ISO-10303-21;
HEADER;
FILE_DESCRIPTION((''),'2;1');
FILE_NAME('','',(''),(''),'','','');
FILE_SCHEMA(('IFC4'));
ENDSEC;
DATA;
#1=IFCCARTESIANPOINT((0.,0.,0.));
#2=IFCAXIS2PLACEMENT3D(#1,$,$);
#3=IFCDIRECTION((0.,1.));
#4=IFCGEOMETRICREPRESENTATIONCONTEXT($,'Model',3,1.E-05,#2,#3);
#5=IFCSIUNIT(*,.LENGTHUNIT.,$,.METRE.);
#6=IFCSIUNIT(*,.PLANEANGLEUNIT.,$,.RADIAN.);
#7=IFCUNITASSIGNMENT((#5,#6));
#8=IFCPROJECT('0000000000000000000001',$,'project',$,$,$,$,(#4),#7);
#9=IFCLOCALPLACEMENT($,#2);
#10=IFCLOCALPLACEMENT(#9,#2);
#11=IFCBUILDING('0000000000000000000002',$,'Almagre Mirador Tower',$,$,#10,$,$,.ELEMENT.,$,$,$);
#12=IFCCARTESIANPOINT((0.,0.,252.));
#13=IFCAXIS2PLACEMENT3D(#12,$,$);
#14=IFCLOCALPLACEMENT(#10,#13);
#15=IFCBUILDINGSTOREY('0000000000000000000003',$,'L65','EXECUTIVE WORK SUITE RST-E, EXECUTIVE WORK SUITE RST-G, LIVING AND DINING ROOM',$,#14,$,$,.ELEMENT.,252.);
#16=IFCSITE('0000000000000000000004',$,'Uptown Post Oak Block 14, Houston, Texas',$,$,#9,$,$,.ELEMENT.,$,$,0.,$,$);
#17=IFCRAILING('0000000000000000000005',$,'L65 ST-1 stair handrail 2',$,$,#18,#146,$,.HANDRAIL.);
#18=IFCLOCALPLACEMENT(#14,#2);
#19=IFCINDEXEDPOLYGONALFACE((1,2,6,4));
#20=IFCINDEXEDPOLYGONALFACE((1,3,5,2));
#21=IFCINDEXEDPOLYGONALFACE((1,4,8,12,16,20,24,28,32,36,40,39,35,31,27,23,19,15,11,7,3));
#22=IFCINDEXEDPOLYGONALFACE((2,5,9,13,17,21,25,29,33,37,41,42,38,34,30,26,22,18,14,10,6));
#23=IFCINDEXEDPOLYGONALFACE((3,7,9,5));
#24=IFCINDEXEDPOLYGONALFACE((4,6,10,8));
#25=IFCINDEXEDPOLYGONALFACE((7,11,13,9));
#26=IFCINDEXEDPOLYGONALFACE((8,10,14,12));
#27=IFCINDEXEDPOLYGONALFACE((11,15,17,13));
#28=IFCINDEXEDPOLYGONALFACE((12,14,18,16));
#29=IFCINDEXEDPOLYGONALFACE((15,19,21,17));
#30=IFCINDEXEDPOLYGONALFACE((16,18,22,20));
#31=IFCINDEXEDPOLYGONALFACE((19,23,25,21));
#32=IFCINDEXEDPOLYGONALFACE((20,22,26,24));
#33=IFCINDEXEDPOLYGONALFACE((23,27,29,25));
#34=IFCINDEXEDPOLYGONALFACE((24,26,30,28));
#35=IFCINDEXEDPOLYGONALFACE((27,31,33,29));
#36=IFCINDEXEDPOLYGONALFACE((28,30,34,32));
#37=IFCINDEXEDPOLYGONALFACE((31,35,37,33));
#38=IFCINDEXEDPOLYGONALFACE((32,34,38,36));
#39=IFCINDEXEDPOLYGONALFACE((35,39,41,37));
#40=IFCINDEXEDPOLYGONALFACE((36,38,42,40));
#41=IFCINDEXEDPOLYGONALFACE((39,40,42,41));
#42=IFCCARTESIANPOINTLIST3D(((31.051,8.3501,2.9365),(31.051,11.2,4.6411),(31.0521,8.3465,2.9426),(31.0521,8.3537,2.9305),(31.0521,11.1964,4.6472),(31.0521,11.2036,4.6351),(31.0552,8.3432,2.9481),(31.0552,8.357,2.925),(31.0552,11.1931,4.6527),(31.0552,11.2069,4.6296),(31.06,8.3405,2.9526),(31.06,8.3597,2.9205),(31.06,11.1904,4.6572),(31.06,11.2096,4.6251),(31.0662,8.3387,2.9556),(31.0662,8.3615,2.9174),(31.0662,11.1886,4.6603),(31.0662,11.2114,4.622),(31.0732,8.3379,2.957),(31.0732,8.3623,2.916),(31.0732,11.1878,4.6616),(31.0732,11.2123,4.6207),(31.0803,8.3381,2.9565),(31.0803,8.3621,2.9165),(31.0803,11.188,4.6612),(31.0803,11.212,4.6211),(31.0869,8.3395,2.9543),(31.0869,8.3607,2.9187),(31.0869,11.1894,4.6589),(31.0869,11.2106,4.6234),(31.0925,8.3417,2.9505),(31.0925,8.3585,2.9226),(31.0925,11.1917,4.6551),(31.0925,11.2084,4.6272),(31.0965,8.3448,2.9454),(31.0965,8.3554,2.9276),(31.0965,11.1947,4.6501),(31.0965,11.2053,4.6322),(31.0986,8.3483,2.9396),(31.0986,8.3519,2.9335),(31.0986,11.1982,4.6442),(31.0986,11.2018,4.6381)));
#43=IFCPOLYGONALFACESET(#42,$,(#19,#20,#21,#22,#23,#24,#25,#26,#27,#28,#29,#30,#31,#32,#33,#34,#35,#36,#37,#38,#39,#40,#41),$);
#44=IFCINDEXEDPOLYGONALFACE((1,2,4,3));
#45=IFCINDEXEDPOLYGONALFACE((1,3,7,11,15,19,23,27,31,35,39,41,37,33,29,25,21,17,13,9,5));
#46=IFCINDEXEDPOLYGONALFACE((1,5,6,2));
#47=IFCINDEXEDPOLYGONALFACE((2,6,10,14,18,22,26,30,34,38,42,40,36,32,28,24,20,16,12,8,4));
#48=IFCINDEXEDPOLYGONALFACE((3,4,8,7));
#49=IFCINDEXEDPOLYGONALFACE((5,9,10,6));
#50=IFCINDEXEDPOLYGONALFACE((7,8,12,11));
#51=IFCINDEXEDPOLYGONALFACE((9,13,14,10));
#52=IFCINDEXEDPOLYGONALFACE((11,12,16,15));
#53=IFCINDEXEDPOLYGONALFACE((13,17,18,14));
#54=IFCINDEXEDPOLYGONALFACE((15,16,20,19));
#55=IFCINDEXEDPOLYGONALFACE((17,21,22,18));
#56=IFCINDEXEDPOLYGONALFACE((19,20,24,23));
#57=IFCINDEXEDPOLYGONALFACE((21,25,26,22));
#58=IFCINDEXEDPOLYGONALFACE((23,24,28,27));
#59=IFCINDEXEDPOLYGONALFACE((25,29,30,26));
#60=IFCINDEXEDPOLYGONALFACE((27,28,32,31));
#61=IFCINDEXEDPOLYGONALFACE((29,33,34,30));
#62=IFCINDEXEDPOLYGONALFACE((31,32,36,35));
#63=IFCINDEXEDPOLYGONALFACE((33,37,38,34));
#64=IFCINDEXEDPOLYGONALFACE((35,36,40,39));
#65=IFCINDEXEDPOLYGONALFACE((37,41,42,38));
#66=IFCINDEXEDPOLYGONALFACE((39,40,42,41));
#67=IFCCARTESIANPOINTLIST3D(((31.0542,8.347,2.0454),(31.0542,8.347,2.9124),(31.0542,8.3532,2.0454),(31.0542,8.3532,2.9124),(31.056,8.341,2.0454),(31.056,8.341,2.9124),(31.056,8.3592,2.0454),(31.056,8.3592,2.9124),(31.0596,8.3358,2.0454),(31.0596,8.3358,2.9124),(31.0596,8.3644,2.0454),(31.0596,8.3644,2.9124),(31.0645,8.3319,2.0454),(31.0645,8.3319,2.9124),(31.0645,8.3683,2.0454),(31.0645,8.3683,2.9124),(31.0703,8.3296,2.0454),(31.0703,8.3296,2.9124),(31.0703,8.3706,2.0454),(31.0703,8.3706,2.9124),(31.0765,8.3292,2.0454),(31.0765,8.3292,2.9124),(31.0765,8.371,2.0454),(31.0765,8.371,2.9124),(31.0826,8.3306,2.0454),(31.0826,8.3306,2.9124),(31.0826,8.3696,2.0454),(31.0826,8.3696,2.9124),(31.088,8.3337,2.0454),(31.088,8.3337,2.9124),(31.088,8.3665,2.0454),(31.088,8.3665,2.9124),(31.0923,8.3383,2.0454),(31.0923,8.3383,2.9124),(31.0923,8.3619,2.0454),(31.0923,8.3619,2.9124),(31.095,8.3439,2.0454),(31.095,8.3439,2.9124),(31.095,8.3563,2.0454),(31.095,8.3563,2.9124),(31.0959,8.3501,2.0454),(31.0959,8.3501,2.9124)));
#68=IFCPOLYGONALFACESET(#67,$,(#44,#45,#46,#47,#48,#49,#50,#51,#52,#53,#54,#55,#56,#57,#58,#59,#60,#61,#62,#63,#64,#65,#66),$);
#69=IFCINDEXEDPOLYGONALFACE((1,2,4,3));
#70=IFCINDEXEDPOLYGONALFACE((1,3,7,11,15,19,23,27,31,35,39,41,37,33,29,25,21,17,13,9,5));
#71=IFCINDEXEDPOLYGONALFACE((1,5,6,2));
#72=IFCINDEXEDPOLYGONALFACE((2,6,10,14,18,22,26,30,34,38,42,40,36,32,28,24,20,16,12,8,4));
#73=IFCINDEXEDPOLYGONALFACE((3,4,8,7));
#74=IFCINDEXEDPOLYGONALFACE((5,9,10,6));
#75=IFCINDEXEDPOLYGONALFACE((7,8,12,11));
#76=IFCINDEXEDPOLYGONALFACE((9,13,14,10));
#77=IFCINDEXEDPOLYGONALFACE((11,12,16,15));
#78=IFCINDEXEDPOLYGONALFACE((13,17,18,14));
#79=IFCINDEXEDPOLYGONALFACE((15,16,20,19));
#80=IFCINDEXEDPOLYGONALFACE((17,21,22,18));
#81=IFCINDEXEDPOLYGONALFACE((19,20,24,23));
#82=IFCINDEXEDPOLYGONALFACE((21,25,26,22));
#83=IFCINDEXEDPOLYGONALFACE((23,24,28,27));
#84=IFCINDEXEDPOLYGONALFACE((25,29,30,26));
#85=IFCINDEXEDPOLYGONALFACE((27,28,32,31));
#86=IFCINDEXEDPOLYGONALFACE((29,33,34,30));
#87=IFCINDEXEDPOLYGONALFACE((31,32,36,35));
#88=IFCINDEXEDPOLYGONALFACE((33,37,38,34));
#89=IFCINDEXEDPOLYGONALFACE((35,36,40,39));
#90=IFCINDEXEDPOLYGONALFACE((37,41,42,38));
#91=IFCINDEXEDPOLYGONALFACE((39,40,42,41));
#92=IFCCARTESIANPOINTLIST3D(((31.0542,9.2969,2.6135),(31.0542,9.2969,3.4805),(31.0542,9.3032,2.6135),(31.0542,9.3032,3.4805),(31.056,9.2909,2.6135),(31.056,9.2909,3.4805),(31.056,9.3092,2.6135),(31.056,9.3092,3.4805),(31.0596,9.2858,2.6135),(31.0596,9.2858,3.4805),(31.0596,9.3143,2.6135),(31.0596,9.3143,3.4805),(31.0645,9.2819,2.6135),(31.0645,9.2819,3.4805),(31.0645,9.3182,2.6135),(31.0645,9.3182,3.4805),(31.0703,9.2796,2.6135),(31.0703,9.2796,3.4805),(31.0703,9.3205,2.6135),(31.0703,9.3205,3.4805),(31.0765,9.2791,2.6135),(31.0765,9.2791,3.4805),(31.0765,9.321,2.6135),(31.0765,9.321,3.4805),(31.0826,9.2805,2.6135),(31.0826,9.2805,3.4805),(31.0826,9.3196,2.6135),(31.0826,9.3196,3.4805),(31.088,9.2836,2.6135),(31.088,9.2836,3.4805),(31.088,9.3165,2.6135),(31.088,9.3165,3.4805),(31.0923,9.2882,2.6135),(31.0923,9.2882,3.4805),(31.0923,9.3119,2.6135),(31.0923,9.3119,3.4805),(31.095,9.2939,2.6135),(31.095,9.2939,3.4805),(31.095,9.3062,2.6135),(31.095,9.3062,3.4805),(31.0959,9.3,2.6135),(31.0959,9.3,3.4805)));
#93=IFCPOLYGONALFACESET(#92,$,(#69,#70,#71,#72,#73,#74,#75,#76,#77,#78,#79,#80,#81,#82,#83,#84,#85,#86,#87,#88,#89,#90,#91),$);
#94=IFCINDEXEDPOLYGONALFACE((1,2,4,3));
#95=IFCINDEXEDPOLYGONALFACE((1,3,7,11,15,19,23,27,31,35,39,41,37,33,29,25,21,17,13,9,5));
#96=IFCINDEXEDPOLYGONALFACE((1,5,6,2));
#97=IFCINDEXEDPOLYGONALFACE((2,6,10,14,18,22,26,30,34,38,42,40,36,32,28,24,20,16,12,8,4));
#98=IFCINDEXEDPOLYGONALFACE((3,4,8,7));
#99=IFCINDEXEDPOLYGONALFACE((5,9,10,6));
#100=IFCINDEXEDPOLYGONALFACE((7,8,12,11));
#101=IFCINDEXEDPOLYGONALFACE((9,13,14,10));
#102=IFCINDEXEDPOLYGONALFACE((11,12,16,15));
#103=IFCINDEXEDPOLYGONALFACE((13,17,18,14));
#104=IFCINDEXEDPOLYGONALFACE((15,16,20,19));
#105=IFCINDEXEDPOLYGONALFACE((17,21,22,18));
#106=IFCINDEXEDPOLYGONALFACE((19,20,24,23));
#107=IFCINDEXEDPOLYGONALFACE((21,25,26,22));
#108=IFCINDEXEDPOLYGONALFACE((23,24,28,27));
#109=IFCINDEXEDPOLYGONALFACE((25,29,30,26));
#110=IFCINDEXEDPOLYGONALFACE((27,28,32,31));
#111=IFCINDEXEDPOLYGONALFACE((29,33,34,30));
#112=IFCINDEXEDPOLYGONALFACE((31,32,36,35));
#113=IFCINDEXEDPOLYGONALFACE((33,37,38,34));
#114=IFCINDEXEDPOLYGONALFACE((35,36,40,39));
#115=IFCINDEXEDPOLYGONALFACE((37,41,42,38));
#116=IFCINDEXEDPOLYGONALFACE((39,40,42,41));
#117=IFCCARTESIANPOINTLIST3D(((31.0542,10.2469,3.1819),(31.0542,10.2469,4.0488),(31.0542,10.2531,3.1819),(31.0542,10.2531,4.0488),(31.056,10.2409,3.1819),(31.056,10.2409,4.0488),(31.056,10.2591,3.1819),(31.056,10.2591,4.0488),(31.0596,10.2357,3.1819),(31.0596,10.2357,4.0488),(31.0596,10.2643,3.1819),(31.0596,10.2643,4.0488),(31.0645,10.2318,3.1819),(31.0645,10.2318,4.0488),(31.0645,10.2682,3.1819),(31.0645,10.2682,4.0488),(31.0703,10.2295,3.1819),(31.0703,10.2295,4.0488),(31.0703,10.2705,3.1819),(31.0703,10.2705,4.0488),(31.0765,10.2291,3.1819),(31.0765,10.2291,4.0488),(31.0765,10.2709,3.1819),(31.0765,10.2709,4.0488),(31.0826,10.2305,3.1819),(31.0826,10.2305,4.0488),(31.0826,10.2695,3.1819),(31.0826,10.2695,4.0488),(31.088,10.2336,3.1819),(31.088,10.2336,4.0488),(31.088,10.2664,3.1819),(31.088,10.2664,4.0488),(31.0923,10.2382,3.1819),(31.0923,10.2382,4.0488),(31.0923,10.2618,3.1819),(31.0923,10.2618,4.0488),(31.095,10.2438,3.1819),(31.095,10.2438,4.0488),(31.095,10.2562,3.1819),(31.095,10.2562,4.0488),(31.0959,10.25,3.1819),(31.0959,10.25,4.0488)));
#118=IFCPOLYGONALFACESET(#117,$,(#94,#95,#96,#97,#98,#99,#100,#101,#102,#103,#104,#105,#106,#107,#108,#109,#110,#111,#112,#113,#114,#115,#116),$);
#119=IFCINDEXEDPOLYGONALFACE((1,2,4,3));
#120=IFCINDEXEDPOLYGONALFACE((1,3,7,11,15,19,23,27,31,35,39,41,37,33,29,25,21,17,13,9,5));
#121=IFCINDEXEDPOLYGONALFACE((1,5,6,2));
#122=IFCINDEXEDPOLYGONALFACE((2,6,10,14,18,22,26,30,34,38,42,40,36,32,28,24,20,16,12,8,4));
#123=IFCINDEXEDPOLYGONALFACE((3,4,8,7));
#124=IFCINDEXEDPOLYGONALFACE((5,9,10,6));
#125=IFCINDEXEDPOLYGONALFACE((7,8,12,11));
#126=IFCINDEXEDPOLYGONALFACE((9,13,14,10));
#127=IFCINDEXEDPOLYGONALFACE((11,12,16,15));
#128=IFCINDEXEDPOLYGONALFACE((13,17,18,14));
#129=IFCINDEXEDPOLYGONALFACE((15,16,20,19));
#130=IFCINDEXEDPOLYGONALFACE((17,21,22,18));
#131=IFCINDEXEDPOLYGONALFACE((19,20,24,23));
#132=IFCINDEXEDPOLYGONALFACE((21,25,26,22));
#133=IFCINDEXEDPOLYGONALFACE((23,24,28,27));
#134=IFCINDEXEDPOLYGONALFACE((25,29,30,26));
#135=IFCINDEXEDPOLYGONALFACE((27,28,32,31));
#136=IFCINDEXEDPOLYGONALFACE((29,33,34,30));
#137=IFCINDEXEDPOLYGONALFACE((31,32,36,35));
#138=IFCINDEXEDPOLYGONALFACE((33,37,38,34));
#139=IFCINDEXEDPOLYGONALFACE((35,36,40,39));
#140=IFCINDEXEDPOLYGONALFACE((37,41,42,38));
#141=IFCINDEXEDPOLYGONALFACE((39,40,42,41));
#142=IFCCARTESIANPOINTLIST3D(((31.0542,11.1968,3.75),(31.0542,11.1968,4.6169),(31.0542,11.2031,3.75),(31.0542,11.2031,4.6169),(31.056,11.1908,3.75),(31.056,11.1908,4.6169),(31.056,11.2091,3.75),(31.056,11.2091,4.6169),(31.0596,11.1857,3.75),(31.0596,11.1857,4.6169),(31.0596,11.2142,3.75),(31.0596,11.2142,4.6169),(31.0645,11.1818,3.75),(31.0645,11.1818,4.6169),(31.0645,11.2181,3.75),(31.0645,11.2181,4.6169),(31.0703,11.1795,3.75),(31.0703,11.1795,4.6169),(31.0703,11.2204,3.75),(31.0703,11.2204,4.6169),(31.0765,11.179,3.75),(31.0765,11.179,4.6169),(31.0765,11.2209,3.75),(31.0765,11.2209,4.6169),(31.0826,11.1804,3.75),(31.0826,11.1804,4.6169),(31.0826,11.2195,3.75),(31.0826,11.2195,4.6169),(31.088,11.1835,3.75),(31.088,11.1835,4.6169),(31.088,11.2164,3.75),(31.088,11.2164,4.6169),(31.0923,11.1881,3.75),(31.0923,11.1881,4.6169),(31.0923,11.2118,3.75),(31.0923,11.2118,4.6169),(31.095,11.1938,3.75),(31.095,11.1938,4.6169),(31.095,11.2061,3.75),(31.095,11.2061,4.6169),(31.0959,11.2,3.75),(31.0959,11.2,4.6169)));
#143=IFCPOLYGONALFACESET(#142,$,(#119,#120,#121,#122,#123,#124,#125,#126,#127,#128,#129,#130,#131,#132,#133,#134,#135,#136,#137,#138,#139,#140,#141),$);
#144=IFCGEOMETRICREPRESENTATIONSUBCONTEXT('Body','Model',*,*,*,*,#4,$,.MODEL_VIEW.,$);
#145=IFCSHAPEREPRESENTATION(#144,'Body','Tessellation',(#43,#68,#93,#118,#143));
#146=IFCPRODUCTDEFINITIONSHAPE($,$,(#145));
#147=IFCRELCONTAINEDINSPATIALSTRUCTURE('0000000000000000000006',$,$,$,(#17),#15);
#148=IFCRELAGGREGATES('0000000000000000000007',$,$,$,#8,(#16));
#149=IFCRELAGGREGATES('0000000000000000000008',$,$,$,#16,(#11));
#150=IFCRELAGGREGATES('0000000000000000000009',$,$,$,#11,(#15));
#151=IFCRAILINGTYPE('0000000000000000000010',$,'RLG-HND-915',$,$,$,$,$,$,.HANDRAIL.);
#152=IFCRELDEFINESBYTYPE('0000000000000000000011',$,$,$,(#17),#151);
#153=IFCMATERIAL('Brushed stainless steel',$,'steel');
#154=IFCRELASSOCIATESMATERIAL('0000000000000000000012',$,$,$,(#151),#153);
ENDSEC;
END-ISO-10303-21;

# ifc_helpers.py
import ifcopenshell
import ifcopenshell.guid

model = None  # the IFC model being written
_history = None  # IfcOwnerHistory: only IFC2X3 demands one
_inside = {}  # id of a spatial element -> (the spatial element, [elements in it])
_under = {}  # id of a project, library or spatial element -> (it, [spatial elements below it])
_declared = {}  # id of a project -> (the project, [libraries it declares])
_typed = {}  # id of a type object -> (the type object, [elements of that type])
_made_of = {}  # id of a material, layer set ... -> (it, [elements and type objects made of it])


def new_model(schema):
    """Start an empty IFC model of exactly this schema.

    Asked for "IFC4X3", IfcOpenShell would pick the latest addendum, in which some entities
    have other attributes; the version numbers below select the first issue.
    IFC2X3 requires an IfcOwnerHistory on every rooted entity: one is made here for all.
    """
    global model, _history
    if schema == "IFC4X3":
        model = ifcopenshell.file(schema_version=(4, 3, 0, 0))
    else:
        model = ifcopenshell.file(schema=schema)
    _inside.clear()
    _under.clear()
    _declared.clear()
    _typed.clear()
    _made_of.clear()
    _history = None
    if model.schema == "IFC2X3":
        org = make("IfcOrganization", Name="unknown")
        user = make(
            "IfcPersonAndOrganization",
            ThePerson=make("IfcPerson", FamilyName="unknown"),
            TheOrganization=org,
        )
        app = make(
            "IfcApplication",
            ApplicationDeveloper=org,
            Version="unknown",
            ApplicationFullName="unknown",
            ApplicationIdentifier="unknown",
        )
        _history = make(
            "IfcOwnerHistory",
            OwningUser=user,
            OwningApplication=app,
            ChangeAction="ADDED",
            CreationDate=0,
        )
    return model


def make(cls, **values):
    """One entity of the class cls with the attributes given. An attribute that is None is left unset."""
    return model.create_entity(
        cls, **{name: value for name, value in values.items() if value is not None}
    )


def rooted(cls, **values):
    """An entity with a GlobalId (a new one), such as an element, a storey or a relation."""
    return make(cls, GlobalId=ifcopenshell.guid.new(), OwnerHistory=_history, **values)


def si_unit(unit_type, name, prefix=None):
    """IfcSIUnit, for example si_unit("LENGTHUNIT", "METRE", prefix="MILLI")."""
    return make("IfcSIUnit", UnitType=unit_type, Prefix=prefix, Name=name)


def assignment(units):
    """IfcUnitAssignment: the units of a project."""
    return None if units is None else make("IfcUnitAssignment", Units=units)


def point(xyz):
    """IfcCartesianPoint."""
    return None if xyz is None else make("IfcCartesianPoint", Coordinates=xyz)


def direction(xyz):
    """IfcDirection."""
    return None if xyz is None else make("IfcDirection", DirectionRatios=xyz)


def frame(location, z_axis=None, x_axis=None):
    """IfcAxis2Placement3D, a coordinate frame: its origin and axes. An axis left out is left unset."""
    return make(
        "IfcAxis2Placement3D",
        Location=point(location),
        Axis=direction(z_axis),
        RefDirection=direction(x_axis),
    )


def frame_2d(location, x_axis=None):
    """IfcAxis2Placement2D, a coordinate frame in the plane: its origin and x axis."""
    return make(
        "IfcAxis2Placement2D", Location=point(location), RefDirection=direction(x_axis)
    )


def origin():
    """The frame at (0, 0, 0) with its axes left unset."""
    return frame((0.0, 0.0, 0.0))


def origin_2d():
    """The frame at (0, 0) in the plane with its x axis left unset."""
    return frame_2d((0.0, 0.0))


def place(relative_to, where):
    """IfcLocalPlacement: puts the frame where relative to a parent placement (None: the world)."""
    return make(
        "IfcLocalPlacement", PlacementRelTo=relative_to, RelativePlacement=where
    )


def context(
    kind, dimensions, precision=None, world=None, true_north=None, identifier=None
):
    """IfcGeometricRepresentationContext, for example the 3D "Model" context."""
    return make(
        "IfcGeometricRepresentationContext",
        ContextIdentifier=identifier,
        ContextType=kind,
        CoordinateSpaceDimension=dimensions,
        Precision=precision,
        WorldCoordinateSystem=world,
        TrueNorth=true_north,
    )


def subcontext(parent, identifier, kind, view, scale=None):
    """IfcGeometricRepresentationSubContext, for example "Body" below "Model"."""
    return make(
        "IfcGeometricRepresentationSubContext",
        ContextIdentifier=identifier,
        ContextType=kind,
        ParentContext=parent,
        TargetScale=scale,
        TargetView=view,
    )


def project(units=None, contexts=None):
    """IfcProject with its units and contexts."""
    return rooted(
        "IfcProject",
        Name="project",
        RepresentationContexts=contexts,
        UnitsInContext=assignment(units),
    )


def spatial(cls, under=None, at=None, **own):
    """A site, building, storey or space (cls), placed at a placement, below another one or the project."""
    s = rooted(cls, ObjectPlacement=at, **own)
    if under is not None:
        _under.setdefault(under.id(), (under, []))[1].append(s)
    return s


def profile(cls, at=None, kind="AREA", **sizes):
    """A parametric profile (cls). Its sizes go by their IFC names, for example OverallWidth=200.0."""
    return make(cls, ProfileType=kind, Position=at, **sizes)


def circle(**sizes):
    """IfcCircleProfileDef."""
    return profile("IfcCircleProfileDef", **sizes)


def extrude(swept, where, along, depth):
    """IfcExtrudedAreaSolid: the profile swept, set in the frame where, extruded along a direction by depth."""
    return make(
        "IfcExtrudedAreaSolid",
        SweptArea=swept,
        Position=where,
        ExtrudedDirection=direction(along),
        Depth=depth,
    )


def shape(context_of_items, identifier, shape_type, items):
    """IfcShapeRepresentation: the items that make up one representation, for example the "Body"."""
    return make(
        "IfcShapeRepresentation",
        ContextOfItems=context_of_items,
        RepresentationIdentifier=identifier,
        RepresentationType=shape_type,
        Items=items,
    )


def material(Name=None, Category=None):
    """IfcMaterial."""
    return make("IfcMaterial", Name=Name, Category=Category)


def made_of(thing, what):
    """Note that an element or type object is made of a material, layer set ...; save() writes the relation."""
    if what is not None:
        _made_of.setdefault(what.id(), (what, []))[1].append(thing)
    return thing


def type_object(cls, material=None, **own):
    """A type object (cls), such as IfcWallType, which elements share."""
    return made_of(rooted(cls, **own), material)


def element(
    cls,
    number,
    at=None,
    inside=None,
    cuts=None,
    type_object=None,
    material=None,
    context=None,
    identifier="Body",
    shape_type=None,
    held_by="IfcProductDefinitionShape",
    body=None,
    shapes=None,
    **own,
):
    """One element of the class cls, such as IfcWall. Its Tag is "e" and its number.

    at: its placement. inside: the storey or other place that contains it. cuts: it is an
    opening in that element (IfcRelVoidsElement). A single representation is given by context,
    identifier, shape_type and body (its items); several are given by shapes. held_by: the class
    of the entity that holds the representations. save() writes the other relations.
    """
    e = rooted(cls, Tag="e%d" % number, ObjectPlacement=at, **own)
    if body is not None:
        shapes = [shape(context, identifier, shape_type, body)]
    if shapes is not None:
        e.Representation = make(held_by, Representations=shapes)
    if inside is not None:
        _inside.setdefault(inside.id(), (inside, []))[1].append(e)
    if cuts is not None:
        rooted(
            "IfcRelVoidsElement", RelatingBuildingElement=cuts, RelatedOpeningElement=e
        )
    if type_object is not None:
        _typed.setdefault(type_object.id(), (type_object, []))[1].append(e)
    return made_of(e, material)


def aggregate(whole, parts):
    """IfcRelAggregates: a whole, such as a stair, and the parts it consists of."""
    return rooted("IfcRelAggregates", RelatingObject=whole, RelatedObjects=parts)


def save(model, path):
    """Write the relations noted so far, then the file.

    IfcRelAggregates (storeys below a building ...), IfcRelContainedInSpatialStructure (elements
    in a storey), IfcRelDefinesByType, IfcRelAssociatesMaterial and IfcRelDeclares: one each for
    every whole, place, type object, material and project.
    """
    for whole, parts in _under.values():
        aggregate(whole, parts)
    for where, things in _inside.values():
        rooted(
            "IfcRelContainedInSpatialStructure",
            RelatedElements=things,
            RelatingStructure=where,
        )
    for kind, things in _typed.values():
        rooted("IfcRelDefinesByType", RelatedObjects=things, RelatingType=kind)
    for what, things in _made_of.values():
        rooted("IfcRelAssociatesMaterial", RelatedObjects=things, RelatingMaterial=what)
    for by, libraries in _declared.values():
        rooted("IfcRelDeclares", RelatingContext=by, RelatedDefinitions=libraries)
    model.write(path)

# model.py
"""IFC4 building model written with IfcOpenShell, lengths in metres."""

from ifc_helpers import new_model, si_unit, direction, frame, origin, origin_2d, place, context, subcontext, project, spatial, circle, extrude, material, type_object, element, save


model = new_model("IFC4")

# Units and contexts
model_context = context("Model", 3, precision=1e-05, world=origin(), true_north=direction((0.0, 1.0)))
body_context = subcontext(model_context, "Body", "Model", "MODEL_VIEW")
ifc_project = project(units=[si_unit("LENGTHUNIT", "METRE"), si_unit("PLANEANGLEUNIT", "RADIAN")], contexts=[model_context])

# Site, building, storey
site_placement = place(None, origin())
site = spatial("IfcSite", under=ifc_project, at=site_placement, Name="Uptown Post Oak Block 14, Houston, Texas", CompositionType="ELEMENT", RefElevation=0.0)
building_placement = place(site_placement, origin())
building = spatial("IfcBuilding", under=site, at=building_placement, Name="Almagre Mirador Tower", CompositionType="ELEMENT")
storey_placement = place(building_placement, frame((0.0, 0.0, 252.0)))
storey = spatial("IfcBuildingStorey", under=building, at=storey_placement, Name="L65", Description="EXECUTIVE WORK SUITE RST-E, EXECUTIVE WORK SUITE RST-G, LIVING AND DINING ROOM", CompositionType="ELEMENT", Elevation=252.0)

# Railing
ifc_material_1 = material(Name="Brushed stainless steel", Category="steel")
railing_type_1 = type_object("IfcRailingType", Name="RLG-HND-915", PredefinedType="HANDRAIL", material=ifc_material_1)
railing_1_placement = place(storey_placement, frame((31.075, 8.3501, 2.0454)))
element("IfcRailing", 1, at=railing_1_placement, inside=storey, type_object=railing_type_1, Name="L65 ST-1 stair handrail 2", PredefinedType="HANDRAIL", context=body_context, shape_type="SweptSolid", body=[
    extrude(circle(Radius=0.0239, at=origin_2d()), frame((0.0, 0.0, 0.8911), z_axis=(0.0, 0.858199, 0.513317), x_axis=(-1.0, 0.0, 0.0)), (0.0, 0.0, 1.0), 3.3208),
    extrude(circle(Radius=0.021, at=origin_2d()), origin(), (0.0, 0.0, 1.0), 0.8669),
    extrude(circle(Radius=0.021, at=origin_2d()), frame((0.0, 0.95, 0.5681)), (0.0, 0.0, 1.0), 0.8669),
    extrude(circle(Radius=0.021, at=origin_2d()), frame((0.0, 1.8999, 1.1365)), (0.0, 0.0, 1.0), 0.8669),
    extrude(circle(Radius=0.021, at=origin_2d()), frame((0.0, 2.8499, 1.7046)), (0.0, 0.0, 1.0), 0.8669),
])

save(model, "model.ifc")
